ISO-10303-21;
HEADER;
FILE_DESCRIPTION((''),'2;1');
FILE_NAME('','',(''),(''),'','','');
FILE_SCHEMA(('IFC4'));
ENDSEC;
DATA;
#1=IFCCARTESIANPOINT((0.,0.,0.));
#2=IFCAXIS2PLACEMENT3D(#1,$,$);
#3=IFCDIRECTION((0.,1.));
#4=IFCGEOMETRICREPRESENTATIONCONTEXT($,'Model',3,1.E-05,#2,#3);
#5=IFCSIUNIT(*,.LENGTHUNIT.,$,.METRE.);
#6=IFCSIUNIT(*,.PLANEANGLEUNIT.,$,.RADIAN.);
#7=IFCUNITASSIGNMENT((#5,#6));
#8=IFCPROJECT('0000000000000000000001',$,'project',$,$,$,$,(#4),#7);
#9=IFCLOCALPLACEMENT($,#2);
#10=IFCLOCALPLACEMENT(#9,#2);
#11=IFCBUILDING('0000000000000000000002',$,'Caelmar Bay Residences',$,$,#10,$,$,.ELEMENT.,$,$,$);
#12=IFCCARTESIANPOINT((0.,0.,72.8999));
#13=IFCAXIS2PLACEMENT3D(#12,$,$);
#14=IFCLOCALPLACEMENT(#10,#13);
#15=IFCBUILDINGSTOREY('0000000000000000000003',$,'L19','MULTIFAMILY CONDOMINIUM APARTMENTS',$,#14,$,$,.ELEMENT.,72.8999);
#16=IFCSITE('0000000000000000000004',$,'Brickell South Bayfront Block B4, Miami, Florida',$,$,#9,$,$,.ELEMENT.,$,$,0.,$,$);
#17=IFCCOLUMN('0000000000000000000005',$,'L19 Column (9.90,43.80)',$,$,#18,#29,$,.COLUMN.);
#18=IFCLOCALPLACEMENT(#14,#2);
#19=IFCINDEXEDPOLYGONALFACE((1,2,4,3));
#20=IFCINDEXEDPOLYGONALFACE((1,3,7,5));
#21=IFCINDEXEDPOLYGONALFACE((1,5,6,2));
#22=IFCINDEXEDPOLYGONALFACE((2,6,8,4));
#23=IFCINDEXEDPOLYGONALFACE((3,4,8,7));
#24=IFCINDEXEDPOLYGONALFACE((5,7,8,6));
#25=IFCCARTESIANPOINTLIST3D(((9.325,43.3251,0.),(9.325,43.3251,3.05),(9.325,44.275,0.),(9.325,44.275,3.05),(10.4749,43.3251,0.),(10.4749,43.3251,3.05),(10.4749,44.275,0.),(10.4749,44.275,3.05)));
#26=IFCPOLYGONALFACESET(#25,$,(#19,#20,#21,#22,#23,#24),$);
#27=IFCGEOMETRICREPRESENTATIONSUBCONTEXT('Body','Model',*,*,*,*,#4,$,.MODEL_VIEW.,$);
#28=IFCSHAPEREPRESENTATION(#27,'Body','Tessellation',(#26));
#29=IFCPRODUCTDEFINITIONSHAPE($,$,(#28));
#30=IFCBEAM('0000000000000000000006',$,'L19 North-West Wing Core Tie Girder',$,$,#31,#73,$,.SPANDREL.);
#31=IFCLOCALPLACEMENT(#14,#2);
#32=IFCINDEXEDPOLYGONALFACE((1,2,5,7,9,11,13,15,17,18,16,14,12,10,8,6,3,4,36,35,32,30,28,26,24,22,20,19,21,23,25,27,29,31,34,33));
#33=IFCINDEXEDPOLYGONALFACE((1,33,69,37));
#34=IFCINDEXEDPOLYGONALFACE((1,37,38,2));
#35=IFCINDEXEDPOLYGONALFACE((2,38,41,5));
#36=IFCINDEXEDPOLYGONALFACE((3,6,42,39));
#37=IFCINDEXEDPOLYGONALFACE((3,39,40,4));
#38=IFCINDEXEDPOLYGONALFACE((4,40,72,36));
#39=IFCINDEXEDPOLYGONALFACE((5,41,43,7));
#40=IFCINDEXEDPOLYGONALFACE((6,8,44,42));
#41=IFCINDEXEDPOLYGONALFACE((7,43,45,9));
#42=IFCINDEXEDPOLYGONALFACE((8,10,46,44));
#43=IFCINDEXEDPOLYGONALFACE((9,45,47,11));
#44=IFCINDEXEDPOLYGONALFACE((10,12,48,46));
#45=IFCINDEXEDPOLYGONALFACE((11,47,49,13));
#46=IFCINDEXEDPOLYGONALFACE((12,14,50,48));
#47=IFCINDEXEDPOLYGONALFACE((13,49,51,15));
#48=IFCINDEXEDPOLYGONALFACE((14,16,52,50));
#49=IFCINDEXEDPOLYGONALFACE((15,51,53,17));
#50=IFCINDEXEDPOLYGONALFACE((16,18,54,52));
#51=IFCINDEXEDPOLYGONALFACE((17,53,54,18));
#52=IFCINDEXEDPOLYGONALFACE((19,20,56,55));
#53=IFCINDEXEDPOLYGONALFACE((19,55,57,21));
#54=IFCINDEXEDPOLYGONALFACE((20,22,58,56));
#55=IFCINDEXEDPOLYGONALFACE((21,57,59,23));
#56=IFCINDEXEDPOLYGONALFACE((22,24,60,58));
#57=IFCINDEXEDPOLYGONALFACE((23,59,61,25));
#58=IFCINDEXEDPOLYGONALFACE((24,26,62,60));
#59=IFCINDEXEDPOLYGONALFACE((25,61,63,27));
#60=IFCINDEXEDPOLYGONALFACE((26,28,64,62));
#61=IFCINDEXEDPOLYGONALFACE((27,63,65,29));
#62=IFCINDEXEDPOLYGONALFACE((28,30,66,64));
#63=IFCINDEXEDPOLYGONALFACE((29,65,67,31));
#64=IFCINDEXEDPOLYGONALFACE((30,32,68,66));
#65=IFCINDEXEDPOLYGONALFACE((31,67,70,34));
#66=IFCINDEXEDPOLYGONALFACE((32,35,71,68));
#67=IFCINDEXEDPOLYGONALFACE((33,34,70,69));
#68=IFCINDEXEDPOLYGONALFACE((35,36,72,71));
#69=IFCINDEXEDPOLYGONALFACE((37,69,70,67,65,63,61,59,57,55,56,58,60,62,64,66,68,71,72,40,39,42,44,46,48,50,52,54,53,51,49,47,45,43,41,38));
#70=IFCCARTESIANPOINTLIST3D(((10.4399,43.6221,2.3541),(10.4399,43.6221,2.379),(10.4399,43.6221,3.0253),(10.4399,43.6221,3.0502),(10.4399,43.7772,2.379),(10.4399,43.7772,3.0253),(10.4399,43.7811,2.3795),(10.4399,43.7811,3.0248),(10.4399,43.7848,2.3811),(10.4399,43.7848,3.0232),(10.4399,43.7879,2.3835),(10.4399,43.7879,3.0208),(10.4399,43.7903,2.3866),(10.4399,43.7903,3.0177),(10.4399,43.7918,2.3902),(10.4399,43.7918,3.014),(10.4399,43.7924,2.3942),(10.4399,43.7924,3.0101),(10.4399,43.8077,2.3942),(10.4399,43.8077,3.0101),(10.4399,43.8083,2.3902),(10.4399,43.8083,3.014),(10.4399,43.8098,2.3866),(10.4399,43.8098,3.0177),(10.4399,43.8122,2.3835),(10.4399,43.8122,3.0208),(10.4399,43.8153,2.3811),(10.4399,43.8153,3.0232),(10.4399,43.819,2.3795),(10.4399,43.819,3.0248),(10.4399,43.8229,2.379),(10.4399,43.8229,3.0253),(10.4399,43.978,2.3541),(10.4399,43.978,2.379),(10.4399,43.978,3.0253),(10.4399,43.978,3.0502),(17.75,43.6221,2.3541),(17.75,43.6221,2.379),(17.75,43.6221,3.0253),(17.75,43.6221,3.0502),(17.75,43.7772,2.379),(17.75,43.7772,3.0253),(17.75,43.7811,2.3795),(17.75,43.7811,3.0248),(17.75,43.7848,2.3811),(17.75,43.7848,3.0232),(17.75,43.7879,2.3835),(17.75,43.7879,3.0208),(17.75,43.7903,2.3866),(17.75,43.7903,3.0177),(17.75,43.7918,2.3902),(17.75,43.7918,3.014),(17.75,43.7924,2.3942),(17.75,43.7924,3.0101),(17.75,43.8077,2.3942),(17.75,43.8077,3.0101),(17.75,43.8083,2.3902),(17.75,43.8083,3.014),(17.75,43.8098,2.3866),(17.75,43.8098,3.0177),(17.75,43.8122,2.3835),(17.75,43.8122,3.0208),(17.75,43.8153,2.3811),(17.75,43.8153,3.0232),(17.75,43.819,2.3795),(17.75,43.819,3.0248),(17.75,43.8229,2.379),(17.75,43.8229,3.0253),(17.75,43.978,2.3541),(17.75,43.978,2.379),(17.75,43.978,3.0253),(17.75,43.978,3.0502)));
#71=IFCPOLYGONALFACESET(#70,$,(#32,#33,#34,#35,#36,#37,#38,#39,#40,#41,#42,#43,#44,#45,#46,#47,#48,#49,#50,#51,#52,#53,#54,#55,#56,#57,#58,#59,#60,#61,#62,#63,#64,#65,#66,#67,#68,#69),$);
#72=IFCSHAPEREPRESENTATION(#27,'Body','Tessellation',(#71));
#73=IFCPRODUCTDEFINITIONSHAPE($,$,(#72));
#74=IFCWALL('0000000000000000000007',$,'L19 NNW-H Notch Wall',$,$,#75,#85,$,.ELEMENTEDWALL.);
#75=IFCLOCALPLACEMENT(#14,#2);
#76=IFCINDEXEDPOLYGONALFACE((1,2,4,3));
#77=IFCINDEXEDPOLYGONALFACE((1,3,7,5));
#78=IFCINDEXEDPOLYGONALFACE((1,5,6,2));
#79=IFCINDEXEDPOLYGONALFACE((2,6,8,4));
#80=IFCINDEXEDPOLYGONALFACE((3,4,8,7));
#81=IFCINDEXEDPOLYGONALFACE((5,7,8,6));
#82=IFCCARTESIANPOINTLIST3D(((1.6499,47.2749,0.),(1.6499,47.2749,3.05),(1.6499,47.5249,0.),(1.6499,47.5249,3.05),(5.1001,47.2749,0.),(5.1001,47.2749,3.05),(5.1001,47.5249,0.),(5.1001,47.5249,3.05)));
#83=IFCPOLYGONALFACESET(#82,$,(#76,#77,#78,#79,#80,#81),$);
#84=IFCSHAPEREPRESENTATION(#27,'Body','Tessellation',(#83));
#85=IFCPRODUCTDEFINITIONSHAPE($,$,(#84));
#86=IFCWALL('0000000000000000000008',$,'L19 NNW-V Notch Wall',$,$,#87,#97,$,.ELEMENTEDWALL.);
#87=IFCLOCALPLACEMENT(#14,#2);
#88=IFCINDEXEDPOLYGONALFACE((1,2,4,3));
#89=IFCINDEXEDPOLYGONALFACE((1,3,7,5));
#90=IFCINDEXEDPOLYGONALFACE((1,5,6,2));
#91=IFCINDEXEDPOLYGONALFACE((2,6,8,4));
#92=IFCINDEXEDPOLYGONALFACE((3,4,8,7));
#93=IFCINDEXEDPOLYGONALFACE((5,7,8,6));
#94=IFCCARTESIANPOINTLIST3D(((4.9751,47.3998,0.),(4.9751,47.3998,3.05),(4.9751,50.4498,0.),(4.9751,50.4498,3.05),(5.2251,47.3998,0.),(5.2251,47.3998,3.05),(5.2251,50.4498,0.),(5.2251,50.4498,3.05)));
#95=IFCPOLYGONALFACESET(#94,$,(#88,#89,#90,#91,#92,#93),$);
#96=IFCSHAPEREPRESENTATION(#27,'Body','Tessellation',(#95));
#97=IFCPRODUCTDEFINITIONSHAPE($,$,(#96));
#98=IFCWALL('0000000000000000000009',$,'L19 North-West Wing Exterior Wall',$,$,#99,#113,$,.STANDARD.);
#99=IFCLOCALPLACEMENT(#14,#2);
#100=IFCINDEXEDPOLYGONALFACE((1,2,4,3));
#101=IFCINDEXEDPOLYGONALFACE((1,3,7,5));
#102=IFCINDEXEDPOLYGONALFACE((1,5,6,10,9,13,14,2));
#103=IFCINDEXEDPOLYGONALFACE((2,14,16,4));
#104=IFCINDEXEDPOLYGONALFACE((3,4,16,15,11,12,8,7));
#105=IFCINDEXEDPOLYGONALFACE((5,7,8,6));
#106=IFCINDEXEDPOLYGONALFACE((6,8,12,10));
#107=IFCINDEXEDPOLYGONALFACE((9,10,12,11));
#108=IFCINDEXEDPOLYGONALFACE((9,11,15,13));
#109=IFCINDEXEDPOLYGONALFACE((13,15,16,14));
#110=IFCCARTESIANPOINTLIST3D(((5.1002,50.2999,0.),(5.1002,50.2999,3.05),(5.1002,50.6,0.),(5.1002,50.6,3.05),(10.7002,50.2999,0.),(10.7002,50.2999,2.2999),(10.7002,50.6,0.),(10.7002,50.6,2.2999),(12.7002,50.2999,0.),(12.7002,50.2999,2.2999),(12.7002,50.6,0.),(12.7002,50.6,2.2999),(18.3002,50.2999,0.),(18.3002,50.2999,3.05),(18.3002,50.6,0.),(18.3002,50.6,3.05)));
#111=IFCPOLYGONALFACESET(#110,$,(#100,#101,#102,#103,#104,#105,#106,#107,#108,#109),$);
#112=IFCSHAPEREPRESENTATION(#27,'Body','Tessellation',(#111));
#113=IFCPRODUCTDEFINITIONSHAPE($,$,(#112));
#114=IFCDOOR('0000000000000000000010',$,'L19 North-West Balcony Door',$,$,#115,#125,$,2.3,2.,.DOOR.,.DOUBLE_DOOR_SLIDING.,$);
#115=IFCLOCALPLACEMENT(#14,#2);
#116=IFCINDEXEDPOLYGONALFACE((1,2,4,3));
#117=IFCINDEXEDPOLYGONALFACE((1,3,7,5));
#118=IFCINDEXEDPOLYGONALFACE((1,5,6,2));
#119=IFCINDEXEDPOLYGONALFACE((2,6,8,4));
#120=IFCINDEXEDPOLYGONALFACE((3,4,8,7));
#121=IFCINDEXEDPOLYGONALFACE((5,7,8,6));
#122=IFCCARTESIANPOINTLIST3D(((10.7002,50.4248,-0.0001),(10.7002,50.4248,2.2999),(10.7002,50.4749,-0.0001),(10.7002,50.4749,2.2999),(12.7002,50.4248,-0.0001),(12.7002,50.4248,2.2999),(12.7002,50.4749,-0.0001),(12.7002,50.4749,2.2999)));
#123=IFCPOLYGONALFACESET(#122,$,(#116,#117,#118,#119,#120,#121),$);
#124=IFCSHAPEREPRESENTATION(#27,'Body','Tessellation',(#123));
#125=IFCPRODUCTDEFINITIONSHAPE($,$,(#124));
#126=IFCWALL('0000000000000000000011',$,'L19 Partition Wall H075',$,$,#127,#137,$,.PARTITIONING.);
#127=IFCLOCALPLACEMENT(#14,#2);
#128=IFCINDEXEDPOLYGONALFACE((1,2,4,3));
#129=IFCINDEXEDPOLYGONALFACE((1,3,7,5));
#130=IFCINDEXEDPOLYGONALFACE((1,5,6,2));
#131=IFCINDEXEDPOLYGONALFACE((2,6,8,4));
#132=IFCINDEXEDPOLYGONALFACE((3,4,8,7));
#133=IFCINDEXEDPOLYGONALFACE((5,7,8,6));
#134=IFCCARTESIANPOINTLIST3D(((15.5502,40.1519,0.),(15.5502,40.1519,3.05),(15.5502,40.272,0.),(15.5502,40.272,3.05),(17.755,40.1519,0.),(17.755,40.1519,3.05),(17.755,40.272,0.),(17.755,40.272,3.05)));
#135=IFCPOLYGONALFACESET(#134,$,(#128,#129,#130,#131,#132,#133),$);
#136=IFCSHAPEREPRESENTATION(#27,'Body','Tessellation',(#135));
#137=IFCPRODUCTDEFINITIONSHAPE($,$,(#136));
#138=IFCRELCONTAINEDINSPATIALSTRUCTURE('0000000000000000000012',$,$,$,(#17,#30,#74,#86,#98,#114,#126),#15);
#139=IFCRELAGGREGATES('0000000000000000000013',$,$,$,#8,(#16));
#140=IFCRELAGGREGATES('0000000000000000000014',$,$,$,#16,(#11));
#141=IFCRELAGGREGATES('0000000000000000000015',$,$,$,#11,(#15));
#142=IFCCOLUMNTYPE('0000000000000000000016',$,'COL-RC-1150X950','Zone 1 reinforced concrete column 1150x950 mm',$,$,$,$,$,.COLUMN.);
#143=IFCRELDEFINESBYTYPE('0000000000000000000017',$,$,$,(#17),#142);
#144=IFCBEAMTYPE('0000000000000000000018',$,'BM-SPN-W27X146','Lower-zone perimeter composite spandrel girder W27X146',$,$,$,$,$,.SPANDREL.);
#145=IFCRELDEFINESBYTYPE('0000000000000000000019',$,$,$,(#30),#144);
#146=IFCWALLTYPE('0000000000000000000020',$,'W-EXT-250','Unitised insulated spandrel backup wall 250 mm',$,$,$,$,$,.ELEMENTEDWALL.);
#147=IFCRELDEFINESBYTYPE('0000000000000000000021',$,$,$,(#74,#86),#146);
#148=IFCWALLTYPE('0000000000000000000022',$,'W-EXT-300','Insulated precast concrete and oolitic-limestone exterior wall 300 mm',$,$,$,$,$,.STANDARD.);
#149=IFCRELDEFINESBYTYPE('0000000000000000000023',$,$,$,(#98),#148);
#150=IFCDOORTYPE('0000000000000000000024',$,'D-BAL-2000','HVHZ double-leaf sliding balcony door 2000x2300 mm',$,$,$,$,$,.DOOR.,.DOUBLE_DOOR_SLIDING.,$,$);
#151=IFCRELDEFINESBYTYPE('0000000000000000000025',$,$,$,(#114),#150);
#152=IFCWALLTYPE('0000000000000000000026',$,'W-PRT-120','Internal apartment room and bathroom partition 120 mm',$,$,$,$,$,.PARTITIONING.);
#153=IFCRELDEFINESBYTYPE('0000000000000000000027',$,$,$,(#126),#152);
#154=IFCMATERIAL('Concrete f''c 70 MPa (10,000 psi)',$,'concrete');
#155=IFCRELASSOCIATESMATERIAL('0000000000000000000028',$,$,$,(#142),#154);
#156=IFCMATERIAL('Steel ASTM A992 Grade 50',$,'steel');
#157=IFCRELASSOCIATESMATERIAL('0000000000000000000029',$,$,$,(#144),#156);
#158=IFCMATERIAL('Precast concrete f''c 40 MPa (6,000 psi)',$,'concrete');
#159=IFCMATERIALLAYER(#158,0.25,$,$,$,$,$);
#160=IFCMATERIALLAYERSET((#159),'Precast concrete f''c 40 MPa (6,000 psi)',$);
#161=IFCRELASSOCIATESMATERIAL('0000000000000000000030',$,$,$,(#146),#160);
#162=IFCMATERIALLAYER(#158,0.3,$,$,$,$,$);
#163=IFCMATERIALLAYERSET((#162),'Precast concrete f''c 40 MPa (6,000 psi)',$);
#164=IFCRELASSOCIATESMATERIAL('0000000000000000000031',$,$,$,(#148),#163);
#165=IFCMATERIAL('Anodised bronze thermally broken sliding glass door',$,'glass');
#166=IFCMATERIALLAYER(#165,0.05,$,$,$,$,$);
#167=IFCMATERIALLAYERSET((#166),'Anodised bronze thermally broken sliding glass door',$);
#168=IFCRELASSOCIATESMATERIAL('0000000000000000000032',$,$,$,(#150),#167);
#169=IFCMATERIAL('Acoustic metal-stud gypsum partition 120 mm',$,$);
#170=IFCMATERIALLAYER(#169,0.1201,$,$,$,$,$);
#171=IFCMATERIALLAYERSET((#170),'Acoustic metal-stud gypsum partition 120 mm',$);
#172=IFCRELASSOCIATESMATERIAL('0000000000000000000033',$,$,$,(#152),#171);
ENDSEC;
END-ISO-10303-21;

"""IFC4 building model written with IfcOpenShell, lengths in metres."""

from ifc_helpers import new_model, si_unit, direction, frame, frame_2d, origin, origin_2d, place, context, subcontext, project, spatial, rectangle, i_section, extrude, material, layer, layer_set, material_profile, profile_set, type_object, element, fill, save


model = new_model("IFC4")

# Units and contexts
model_context = context("Model", 3, precision=1e-05, world=origin(), true_north=direction((0.0, 1.0)))
body_context = subcontext(model_context, "Body", "Model", "MODEL_VIEW")
ifc_project = project(units=[si_unit("LENGTHUNIT", "METRE"), si_unit("PLANEANGLEUNIT", "RADIAN")], contexts=[model_context])

# Site, building, storey
site_placement = place(None, origin())
site = spatial("IfcSite", under=ifc_project, at=site_placement, Name="Brickell South Bayfront Block B4, Miami, Florida", CompositionType="ELEMENT", RefElevation=0.0)
building_placement = place(site_placement, origin())
building = spatial("IfcBuilding", under=site, at=building_placement, Name="Caelmar Bay Residences", CompositionType="ELEMENT")
storey_placement = place(building_placement, frame((0.0, 0.0, 72.8999)))
storey = spatial("IfcBuildingStorey", under=building, at=storey_placement, Name="L19", Description="MULTIFAMILY CONDOMINIUM APARTMENTS", CompositionType="ELEMENT", Elevation=72.8999)

# Column
ifc_material_1 = material(Name="Concrete f'c 70 MPa (10,000 psi)", Category="concrete")
ifc_material_profile_1 = material_profile(ifc_material_1, rectangle(XDim=1.1499, YDim=0.95, at=origin_2d()), Name="RC-COL-1150X950")
ifc_profile_set_1 = profile_set([ifc_material_profile_1], Name="Concrete f'c 70 MPa (10,000 psi)")
column_type = type_object("IfcColumnType", Name="COL-RC-1150X950", Description="Zone 1 reinforced concrete column 1150x950 mm", PredefinedType="COLUMN", material=ifc_profile_set_1)
column_placement = place(storey_placement, frame((9.8999, 43.8, 0.0), z_axis=(0.0, 0.0, 1.0), x_axis=(1.0, 0.0, 0.0)))
element("IfcColumn", 1, at=column_placement, inside=storey, type_object=column_type, Name="L19 Column (9.90,43.80)", PredefinedType="COLUMN", context=body_context, shape_type="SweptSolid", body=[
    extrude(rectangle(XDim=1.1499, YDim=0.95, at=origin_2d()), origin(), (0.0, 0.0, 1.0), 3.05),
])

# Beam
ifc_material_2 = material(Name="Steel ASTM A992 Grade 50", Category="steel")
ifc_material_profile_2 = material_profile(ifc_material_2, i_section(OverallWidth=0.356, OverallDepth=0.696, WebThickness=0.0154, FlangeThickness=0.0249, FilletRadius=0.0151, at=origin_2d()), Name="W27X146")
ifc_profile_set_2 = profile_set([ifc_material_profile_2], Name="Steel ASTM A992 Grade 50")
beam_type = type_object("IfcBeamType", Name="BM-SPN-W27X146", Description="Lower-zone perimeter composite spandrel girder W27X146", PredefinedType="SPANDREL", material=ifc_profile_set_2)
beam_placement = place(storey_placement, frame((10.4399, 43.8, 2.7021), z_axis=(1.0, 0.0, 0.0), x_axis=(0.0, 1.0, 0.0)))
element("IfcBeam", 2, at=beam_placement, inside=storey, type_object=beam_type, Name="L19 North-West Wing Core Tie Girder", PredefinedType="SPANDREL", context=body_context, shape_type="SweptSolid", body=[
    extrude(i_section(OverallWidth=0.356, OverallDepth=0.696, WebThickness=0.0154, FlangeThickness=0.0249, FilletRadius=0.0151, at=origin_2d()), origin(), (0.0, 0.0, 1.0), 7.3101),
])

# Walls
ifc_material_3 = material(Name="Precast concrete f'c 40 MPa (6,000 psi)", Category="concrete")
ifc_layer_1 = layer(ifc_material_3, 0.25)
ifc_layer_set_1 = layer_set([ifc_layer_1], Name="Precast concrete f'c 40 MPa (6,000 psi)")
wall_type_1 = type_object("IfcWallType", Name="W-EXT-250", Description="Unitised insulated spandrel backup wall 250 mm", PredefinedType="ELEMENTEDWALL", material=ifc_layer_set_1)
wall_1_placement = place(storey_placement, frame((1.6499, 47.3999, 0.0), z_axis=(0.0, 0.0, 1.0), x_axis=(1.0, 0.0, 0.0)))
element("IfcWall", 3, at=wall_1_placement, inside=storey, type_object=wall_type_1, Name="L19 NNW-H Notch Wall", PredefinedType="ELEMENTEDWALL", context=body_context, shape_type="SweptSolid", body=[
    extrude(rectangle(XDim=3.4502, YDim=0.25, at=frame_2d((1.7251, 0.0))), origin(), (0.0, 0.0, 1.0), 3.05),
])
wall_2_placement = place(storey_placement, frame((5.1001, 47.3999, 0.0), z_axis=(0.0, 0.0, 1.0), x_axis=(0.0, 1.0, 0.0)))
element("IfcWall", 4, at=wall_2_placement, inside=storey, type_object=wall_type_1, Name="L19 NNW-V Notch Wall", PredefinedType="ELEMENTEDWALL", context=body_context, shape_type="SweptSolid", body=[
    extrude(rectangle(XDim=3.05, YDim=0.25, at=frame_2d((1.5249, 0.0))), origin(), (0.0, 0.0, 1.0), 3.05),
])

# Wall, opening, door
ifc_layer_2 = layer(ifc_material_3, 0.3)
ifc_layer_set_2 = layer_set([ifc_layer_2], Name="Precast concrete f'c 40 MPa (6,000 psi)")
wall_type_2 = type_object("IfcWallType", Name="W-EXT-300", Description="Insulated precast concrete and oolitic-limestone exterior wall 300 mm", PredefinedType="STANDARD", material=ifc_layer_set_2)
wall_3_placement = place(storey_placement, frame((5.1001, 50.45, 0.0), z_axis=(0.0, 0.0, 1.0), x_axis=(1.0, 0.0, 0.0)))
wall_3 = element("IfcWall", 5, at=wall_3_placement, inside=storey, type_object=wall_type_2, Name="L19 North-West Wing Exterior Wall", PredefinedType="STANDARD", context=body_context, shape_type="SweptSolid", body=[
    extrude(rectangle(XDim=13.2, YDim=0.3, at=frame_2d((6.6001, 0.0))), origin(), (0.0, 0.0, 1.0), 3.05),
])
opening_1_placement = place(wall_3_placement, frame((5.6001, 0.0, 0.0)))
opening_1 = element("IfcOpeningElement", 6, at=opening_1_placement, cuts=wall_3, PredefinedType="OPENING", context=body_context, shape_type="SweptSolid", body=[
    extrude(rectangle(XDim=2.0, YDim=2.3, at=frame_2d((1.0, 1.1499))), frame((0.0, 0.1599, 0.0), z_axis=(0.0, -1.0, 0.0), x_axis=(1.0, 0.0, 0.0)), (0.0, 0.0, 1.0), 0.3201),
])
ifc_material_4 = material(Name="Anodised bronze thermally broken sliding glass door", Category="glass")
ifc_layer_3 = layer(ifc_material_4, 0.05)
ifc_layer_set_3 = layer_set([ifc_layer_3], Name="Anodised bronze thermally broken sliding glass door")
door_type_1 = type_object("IfcDoorType", Name="D-BAL-2000", Description="HVHZ double-leaf sliding balcony door 2000x2300 mm", OperationType="DOUBLE_DOOR_SLIDING", PredefinedType="DOOR", material=ifc_layer_set_3)
door_1_placement = place(opening_1_placement, origin())
door_1 = element("IfcDoor", 7, at=door_1_placement, inside=storey, type_object=door_type_1, Name="L19 North-West Balcony Door", OperationType="DOUBLE_DOOR_SLIDING", OverallHeight=2.3, OverallWidth=2.0, PredefinedType="DOOR", context=body_context, shape_type="SweptSolid", body=[
    extrude(rectangle(XDim=2.0, YDim=2.3, at=frame_2d((1.0, 1.1499))), frame((0.0, 0.0249, 0.0), z_axis=(0.0, -1.0, 0.0), x_axis=(1.0, 0.0, 0.0)), (0.0, 0.0, 1.0), 0.05),
])
fill(opening_1, door_1)

# Wall
ifc_material_5 = material(Name="Acoustic metal-stud gypsum partition 120 mm")
ifc_layer_4 = layer(ifc_material_5, 0.1201)
ifc_layer_set_4 = layer_set([ifc_layer_4], Name="Acoustic metal-stud gypsum partition 120 mm")
wall_type_3 = type_object("IfcWallType", Name="W-PRT-120", Description="Internal apartment room and bathroom partition 120 mm", PredefinedType="PARTITIONING", material=ifc_layer_set_4)
wall_4_placement = place(storey_placement, frame((15.55, 40.2119, 0.0), z_axis=(0.0, 0.0, 1.0), x_axis=(1.0, 0.0, 0.0)))
element("IfcWall", 8, at=wall_4_placement, inside=storey, type_object=wall_type_3, Name="L19 Partition Wall H075", PredefinedType="PARTITIONING", context=body_context, shape_type="SweptSolid", body=[
    extrude(rectangle(XDim=2.2048, YDim=0.1201, at=frame_2d((1.1025, 0.0))), origin(), (0.0, 0.0, 1.0), 3.05),
])

save(model, "model.ifc")
